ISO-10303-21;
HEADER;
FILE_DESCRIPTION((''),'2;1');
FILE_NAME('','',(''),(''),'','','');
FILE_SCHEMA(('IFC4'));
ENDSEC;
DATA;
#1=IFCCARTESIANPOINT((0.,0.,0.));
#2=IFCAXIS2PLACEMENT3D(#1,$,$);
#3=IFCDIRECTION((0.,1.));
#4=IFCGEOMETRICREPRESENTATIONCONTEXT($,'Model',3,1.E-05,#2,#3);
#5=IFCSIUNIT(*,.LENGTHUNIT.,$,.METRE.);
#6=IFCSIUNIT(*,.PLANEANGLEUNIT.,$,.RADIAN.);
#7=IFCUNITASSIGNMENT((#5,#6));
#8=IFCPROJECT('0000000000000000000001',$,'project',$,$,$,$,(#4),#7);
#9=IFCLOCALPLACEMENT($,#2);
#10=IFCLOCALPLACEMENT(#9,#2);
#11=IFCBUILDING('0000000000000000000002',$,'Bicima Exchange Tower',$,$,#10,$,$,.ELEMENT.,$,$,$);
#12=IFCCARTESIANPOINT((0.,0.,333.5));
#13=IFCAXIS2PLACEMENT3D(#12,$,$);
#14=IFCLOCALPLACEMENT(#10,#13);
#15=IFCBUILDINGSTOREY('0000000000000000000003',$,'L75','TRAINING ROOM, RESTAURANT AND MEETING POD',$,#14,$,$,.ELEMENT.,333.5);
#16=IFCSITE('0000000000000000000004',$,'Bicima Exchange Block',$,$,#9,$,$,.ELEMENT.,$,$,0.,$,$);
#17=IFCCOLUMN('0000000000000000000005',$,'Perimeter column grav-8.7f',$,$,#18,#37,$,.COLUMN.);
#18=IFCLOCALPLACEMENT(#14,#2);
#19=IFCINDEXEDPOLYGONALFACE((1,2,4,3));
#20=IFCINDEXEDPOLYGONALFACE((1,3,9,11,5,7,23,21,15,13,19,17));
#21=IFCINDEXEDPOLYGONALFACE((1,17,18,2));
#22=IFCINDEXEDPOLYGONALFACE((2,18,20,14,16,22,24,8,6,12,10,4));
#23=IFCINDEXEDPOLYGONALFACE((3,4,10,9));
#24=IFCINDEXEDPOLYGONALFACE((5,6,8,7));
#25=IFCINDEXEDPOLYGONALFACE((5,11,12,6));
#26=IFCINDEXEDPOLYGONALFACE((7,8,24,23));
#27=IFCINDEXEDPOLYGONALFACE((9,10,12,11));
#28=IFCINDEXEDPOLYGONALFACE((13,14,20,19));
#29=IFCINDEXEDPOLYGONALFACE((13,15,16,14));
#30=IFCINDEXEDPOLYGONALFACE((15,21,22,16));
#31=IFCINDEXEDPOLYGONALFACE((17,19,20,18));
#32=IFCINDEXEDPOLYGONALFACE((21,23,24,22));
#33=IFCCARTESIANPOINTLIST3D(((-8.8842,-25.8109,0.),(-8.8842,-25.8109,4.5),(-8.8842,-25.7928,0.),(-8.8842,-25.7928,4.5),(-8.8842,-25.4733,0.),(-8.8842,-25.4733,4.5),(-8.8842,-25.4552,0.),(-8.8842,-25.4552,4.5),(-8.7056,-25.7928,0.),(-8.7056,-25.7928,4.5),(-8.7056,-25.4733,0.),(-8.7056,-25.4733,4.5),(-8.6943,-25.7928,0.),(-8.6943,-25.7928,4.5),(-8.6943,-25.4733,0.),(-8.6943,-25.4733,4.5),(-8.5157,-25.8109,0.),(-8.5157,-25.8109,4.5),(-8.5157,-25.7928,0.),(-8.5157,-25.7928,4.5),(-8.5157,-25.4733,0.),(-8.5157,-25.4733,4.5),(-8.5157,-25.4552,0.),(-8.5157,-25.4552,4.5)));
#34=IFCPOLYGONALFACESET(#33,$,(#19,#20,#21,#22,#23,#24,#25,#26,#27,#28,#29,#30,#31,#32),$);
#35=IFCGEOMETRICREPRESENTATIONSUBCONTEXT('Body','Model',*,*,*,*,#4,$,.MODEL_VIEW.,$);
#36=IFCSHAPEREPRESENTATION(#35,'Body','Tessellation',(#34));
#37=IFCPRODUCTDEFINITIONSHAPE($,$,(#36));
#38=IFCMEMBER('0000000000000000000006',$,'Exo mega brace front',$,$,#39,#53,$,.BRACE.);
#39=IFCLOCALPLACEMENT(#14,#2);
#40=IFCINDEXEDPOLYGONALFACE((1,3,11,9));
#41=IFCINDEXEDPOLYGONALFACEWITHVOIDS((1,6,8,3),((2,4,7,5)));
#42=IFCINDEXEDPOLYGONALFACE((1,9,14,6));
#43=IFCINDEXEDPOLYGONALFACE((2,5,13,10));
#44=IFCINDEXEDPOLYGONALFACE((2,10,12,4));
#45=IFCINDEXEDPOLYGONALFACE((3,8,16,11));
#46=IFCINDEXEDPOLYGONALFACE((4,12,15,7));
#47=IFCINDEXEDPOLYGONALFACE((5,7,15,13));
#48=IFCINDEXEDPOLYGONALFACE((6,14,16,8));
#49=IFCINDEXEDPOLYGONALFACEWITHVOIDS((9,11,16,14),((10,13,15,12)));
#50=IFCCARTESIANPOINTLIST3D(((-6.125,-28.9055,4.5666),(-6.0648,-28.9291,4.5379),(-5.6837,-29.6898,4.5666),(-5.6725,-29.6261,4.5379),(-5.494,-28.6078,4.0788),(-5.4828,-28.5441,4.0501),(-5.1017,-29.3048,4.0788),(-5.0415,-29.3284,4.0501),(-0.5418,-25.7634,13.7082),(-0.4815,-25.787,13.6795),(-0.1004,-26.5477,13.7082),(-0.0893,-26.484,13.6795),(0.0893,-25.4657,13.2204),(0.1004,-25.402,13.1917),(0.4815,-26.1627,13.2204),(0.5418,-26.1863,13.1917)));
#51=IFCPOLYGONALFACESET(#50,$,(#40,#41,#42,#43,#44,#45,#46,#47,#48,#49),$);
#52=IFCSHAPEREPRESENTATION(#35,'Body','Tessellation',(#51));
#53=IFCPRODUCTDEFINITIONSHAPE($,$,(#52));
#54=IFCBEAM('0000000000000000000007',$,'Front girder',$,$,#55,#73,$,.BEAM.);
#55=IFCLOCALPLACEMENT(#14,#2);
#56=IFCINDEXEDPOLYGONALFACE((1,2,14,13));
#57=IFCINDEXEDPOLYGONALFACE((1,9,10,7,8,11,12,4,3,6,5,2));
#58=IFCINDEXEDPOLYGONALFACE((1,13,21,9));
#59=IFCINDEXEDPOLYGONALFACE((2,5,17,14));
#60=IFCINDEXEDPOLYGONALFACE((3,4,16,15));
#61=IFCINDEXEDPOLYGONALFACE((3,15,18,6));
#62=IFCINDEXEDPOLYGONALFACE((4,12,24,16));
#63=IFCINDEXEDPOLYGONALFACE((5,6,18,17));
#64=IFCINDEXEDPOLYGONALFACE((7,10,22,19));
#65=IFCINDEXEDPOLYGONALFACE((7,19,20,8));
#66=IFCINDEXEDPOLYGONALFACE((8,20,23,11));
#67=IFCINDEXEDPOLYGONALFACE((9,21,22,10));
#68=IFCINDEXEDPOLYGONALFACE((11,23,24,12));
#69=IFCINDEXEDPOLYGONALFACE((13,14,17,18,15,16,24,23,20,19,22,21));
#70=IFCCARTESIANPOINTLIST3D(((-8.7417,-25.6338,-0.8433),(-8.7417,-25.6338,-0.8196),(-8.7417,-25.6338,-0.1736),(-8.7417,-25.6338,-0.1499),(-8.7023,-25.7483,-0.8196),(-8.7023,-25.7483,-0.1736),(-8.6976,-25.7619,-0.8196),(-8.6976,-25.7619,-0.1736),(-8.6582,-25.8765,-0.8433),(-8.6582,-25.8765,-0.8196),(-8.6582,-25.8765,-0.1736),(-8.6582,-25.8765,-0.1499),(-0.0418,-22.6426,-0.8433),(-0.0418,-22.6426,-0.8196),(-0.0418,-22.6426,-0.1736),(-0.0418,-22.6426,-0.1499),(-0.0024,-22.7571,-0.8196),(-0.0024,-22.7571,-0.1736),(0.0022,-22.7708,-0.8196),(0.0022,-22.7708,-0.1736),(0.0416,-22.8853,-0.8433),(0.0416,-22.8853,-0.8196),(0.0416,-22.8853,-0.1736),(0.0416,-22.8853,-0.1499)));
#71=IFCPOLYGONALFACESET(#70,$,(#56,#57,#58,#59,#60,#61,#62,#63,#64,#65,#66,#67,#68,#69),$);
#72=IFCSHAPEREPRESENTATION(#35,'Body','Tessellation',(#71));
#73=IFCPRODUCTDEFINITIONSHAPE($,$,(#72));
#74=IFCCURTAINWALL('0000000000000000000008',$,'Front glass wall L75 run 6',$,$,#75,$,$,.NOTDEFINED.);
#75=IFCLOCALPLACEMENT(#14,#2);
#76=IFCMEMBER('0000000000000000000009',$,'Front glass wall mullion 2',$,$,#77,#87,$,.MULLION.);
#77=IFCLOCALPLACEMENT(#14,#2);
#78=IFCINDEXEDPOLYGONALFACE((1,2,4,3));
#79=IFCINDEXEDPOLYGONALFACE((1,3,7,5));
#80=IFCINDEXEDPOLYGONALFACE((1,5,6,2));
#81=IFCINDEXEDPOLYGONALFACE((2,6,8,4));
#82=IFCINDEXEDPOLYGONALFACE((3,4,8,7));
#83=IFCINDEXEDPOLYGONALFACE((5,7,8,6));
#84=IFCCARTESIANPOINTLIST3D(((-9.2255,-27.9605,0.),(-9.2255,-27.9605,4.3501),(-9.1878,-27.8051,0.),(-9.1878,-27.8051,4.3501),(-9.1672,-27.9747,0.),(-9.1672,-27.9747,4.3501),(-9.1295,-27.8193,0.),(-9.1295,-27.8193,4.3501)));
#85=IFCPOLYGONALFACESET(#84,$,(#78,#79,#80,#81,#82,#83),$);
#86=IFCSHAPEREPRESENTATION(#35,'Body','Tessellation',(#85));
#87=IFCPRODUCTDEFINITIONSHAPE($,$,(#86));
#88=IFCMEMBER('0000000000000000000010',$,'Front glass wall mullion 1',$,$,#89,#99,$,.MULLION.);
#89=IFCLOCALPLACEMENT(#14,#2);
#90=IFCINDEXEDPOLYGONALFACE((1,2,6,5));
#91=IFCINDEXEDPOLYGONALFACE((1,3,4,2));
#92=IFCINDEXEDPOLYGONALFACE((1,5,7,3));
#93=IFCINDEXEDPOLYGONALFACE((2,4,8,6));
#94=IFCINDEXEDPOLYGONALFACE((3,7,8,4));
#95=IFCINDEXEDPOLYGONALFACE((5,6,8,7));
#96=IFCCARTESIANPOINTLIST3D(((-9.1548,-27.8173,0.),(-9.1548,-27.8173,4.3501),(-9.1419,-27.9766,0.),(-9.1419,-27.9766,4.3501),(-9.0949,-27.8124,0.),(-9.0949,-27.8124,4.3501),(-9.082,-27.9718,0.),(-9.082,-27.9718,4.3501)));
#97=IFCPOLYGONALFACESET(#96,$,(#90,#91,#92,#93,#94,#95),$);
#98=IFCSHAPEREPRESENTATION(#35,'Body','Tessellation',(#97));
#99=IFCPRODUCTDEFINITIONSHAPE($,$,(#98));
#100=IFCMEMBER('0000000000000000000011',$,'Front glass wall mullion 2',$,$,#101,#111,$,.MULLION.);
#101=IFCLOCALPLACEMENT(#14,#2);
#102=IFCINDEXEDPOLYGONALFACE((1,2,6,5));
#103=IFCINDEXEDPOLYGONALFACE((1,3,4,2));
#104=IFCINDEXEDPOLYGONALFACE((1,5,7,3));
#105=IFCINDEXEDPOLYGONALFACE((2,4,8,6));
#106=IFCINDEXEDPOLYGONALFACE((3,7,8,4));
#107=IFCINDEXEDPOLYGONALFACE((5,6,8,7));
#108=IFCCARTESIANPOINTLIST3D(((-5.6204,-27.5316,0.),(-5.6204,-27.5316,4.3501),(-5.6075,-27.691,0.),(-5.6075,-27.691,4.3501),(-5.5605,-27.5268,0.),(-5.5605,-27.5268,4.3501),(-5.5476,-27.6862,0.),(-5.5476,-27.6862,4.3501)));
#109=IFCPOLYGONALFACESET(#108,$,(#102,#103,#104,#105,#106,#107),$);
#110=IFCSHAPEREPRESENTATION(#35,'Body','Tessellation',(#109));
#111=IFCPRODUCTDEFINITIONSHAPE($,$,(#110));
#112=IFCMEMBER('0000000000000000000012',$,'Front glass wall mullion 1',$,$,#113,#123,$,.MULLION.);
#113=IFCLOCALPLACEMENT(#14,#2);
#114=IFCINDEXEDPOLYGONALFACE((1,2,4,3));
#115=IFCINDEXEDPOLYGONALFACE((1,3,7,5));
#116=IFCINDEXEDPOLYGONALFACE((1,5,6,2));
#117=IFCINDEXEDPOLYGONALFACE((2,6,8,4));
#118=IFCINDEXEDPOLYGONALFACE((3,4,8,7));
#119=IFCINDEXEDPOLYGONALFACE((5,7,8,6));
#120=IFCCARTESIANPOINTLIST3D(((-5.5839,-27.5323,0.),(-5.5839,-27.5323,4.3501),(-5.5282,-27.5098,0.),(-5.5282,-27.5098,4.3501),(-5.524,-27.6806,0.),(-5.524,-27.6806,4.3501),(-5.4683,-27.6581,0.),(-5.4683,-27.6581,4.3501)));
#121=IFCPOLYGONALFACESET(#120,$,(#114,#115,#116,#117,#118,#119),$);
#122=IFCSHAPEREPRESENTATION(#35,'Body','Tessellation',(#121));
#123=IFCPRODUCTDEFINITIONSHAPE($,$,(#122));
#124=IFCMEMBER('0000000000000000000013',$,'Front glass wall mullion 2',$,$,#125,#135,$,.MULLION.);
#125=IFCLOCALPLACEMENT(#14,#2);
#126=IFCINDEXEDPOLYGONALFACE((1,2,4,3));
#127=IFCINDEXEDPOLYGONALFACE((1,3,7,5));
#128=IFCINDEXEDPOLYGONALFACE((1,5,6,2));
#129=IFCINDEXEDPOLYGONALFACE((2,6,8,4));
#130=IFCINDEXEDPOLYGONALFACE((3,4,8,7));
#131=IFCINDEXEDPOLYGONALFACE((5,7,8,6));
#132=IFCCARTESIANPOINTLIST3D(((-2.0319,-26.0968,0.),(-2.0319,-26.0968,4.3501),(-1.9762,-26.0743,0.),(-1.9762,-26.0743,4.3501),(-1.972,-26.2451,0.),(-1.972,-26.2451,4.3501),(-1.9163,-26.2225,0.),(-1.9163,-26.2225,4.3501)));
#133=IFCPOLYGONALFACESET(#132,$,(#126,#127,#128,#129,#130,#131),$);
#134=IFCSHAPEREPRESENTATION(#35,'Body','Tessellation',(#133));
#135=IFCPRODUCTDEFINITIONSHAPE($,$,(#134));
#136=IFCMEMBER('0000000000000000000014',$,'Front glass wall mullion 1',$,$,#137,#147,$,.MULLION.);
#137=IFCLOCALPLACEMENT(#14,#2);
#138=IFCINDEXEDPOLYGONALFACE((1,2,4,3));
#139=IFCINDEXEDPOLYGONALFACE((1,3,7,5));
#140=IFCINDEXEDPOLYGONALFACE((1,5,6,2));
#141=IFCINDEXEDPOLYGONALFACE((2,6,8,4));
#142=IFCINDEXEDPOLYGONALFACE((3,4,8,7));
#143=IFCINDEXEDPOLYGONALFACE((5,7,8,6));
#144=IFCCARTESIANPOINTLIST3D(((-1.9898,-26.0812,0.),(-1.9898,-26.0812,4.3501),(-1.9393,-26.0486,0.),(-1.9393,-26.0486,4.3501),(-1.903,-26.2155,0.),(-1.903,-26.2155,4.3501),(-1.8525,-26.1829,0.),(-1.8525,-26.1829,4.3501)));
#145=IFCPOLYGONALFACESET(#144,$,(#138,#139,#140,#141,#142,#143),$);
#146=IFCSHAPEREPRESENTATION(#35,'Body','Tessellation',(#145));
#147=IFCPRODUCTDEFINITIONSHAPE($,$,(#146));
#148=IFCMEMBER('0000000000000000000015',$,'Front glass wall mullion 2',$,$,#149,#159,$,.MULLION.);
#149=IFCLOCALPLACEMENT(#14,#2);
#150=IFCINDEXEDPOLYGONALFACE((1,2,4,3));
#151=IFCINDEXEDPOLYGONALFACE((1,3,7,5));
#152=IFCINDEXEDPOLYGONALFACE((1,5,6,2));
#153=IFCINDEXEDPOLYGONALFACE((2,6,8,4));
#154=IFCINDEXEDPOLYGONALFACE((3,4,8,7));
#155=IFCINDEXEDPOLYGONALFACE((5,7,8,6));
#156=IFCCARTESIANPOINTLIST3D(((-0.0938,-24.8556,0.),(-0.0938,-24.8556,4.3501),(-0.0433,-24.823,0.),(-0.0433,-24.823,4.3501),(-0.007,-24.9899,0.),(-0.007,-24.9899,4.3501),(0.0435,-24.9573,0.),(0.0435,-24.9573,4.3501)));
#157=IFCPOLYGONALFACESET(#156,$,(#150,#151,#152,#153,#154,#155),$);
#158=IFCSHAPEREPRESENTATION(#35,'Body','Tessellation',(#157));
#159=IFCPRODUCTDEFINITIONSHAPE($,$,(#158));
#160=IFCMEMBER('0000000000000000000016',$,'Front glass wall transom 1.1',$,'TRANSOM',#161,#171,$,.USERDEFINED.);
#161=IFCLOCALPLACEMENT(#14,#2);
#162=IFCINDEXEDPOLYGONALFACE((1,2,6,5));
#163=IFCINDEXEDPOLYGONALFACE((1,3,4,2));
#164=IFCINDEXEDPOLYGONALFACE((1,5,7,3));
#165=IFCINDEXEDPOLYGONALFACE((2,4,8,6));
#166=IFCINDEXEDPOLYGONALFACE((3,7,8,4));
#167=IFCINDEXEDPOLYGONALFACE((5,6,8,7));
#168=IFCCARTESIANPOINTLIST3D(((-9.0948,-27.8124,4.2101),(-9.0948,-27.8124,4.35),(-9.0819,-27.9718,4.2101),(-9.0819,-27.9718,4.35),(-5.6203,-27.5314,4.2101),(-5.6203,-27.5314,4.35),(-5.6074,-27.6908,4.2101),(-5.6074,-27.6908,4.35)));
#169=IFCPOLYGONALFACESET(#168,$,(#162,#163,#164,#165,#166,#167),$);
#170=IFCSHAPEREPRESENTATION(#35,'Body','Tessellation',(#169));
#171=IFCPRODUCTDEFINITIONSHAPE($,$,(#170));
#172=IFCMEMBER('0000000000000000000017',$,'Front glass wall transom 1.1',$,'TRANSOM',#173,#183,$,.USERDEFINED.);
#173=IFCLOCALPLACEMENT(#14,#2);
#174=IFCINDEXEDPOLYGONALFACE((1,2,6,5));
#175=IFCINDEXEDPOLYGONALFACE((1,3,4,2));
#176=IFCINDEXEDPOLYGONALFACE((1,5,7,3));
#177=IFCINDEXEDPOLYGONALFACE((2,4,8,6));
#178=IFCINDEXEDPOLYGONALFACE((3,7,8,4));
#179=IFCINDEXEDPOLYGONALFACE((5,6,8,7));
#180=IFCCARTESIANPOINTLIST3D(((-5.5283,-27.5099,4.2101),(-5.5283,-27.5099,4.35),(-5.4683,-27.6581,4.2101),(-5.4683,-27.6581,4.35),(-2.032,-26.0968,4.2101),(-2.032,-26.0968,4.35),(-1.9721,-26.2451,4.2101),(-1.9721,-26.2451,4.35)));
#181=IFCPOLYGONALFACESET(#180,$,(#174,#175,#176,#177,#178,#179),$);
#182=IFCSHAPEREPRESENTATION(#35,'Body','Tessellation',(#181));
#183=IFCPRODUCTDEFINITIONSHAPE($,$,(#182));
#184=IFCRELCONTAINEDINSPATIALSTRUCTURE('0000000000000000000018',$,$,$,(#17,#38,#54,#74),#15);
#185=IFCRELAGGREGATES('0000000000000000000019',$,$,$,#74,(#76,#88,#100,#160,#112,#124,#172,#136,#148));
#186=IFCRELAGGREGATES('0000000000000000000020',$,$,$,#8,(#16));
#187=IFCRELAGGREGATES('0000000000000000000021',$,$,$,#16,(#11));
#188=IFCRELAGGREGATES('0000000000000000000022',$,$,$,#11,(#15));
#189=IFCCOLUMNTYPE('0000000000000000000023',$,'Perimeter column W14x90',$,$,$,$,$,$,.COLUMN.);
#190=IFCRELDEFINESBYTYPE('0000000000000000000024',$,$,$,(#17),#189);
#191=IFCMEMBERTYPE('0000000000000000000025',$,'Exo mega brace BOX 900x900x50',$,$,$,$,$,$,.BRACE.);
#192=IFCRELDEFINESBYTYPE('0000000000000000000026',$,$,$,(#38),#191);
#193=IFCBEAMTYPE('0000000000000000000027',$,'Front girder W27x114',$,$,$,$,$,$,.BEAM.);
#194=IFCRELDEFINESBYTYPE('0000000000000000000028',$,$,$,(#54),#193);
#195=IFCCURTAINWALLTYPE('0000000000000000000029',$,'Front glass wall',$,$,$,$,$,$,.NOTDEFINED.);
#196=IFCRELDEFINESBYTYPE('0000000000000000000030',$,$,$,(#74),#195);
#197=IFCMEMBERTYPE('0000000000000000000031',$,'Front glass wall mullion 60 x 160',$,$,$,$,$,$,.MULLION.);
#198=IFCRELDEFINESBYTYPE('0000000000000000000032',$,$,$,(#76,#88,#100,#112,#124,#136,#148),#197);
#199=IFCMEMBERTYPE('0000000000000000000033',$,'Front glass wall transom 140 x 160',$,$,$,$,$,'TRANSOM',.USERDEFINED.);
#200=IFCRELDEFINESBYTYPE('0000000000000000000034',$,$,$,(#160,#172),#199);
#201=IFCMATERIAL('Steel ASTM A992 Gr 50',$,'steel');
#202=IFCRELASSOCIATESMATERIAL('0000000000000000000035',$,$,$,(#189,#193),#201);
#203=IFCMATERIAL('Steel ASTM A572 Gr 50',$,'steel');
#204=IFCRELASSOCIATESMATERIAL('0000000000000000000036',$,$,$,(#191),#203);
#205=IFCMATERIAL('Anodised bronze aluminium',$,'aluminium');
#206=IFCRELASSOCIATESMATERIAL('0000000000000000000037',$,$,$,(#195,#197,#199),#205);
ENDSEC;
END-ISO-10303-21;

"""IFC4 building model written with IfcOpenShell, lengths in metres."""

from ifc_helpers import new_model, si_unit, direction, frame, origin, origin_2d, place, context, subcontext, project, spatial, rectangle, hollow_rectangle, i_section, extrude, material, material_profile, profile_set, type_object, element, aggregate, save


model = new_model("IFC4")

# Units and contexts
model_context = context("Model", 3, precision=1e-05, world=origin(), true_north=direction((0.0, 1.0)))
body_context = subcontext(model_context, "Body", "Model", "MODEL_VIEW")
ifc_project = project(units=[si_unit("LENGTHUNIT", "METRE"), si_unit("PLANEANGLEUNIT", "RADIAN")], contexts=[model_context])

# Site, building, storey
site_placement = place(None, origin())
site = spatial("IfcSite", under=ifc_project, at=site_placement, Name="Bicima Exchange Block", CompositionType="ELEMENT", RefElevation=0.0)
building_placement = place(site_placement, origin())
building = spatial("IfcBuilding", under=site, at=building_placement, Name="Bicima Exchange Tower", CompositionType="ELEMENT")
storey_placement = place(building_placement, frame((0.0, 0.0, 333.5)))
storey = spatial("IfcBuildingStorey", under=building, at=storey_placement, Name="L75", Description="TRAINING ROOM, RESTAURANT AND MEETING POD", CompositionType="ELEMENT", Elevation=333.5)

# Column
ifc_material_1 = material(Name="Steel ASTM A992 Gr 50", Category="steel")
ifc_material_profile_1 = material_profile(ifc_material_1, i_section(OverallWidth=0.3684, OverallDepth=0.3557, WebThickness=0.0112, FlangeThickness=0.0181, at=origin_2d()))
ifc_profile_set_1 = profile_set([ifc_material_profile_1], Name="Steel ASTM A992 Gr 50")
column_type = type_object("IfcColumnType", Name="Perimeter column W14x90", PredefinedType="COLUMN", material=ifc_profile_set_1)
column_placement = place(storey_placement, frame((-8.7, -25.6331, 0.0), z_axis=(0.0, 0.0, 1.0), x_axis=(1.0, 0.0, 0.0)))
element("IfcColumn", 1, at=column_placement, inside=storey, type_object=column_type, Name="Perimeter column grav-8.7f", PredefinedType="COLUMN", context=body_context, shape_type="SweptSolid", body=[
    extrude(i_section(OverallWidth=0.3684, OverallDepth=0.3557, WebThickness=0.0112, FlangeThickness=0.0181, at=origin_2d()), origin(), (0.0, 0.0, 1.0), 4.5),
])

# Member
ifc_material_2 = material(Name="Steel ASTM A572 Gr 50", Category="steel")
ifc_material_profile_2 = material_profile(ifc_material_2, hollow_rectangle(XDim=0.8999, YDim=0.8999, WallThickness=0.05, at=origin_2d()))
ifc_profile_set_2 = profile_set([ifc_material_profile_2], Name="Steel ASTM A572 Gr 50")
member_type_1 = type_object("IfcMemberType", Name="Exo mega brace BOX 900x900x50", PredefinedType="BRACE", material=ifc_profile_set_2)
member_1_placement = place(storey_placement, frame((-5.5833, -29.1169, 4.3083), z_axis=(0.500153, 0.281472, 0.818914), x_axis=(-0.49044, 0.871475, 0.0)))
element("IfcMember", 2, at=member_1_placement, inside=storey, type_object=member_type_1, Name="Exo mega brace front", PredefinedType="BRACE", context=body_context, shape_type="SweptSolid", body=[
    extrude(hollow_rectangle(XDim=0.8999, YDim=0.8999, WallThickness=0.05, at=origin_2d()), origin(), (0.0, 0.0, 1.0), 11.1631),
])

# Beam
ifc_material_profile_3 = material_profile(ifc_material_1, i_section(OverallWidth=0.2566, OverallDepth=0.6934, WebThickness=0.0144, FlangeThickness=0.0237, at=origin_2d()))
ifc_profile_set_3 = profile_set([ifc_material_profile_3], Name="Steel ASTM A992 Gr 50")
beam_type = type_object("IfcBeamType", Name="Front girder W27x114", PredefinedType="BEAM", material=ifc_profile_set_3)
beam_placement = place(storey_placement, frame((-8.7, -25.7551, -0.4966), z_axis=(0.945666, 0.325138, 0.0), x_axis=(-0.325138, 0.945666, 0.0)))
element("IfcBeam", 3, at=beam_placement, inside=storey, type_object=beam_type, Name="Front girder", PredefinedType="BEAM", context=body_context, shape_type="SweptSolid", body=[
    extrude(i_section(OverallWidth=0.2566, OverallDepth=0.6934, WebThickness=0.0144, FlangeThickness=0.0237, at=origin_2d()), origin(), (0.0, 0.0, 1.0), 9.1997),
])

# Curtain wall, members
ifc_material_3 = material(Name="Anodised bronze aluminium", Category="aluminium")
curtain_wall_type = type_object("IfcCurtainWallType", Name="Front glass wall", PredefinedType="NOTDEFINED", material=ifc_material_3)
curtain_wall_placement = place(storey_placement, origin())
curtain_wall = element("IfcCurtainWall", 4, at=curtain_wall_placement, inside=storey, type_object=curtain_wall_type, Name="Front glass wall L75 run 6", PredefinedType="NOTDEFINED")
ifc_material_profile_4 = material_profile(ifc_material_3, rectangle(XDim=0.1599, YDim=0.0601, at=origin_2d()))
ifc_profile_set_4 = profile_set([ifc_material_profile_4], Name="Anodised bronze aluminium")
member_type_2 = type_object("IfcMemberType", Name="Front glass wall mullion 60 x 160", PredefinedType="MULLION", material=ifc_profile_set_4)
member_2_placement = place(storey_placement, frame((-9.1775, -27.8899, 0.0), z_axis=(0.0, 0.0, 1.0), x_axis=(0.235682, 0.97183, 0.0)))
member_2 = element("IfcMember", 5, at=member_2_placement, type_object=member_type_2, Name="Front glass wall mullion 2", PredefinedType="MULLION", context=body_context, shape_type="SweptSolid", body=[
    extrude(rectangle(XDim=0.1599, YDim=0.0601, at=origin_2d()), origin(), (0.0, 0.0, 1.0), 4.3501),
])
member_3_placement = place(storey_placement, frame((-9.1184, -27.8945, 0.0), z_axis=(0.0, 0.0, 1.0), x_axis=(-0.080589, 0.996747, 0.0)))
member_3 = element("IfcMember", 6, at=member_3_placement, type_object=member_type_2, Name="Front glass wall mullion 1", PredefinedType="MULLION", context=body_context, shape_type="SweptSolid", body=[
    extrude(rectangle(XDim=0.1599, YDim=0.0601, at=origin_2d()), origin(), (0.0, 0.0, 1.0), 4.3501),
])
member_4_placement = place(storey_placement, frame((-5.584, -27.6089, 0.0), z_axis=(0.0, 0.0, 1.0), x_axis=(-0.080589, 0.996747, 0.0)))
member_4 = element("IfcMember", 7, at=member_4_placement, type_object=member_type_2, Name="Front glass wall mullion 2", PredefinedType="MULLION", context=body_context, shape_type="SweptSolid", body=[
    extrude(rectangle(XDim=0.1599, YDim=0.0601, at=origin_2d()), origin(), (0.0, 0.0, 1.0), 4.3501),
])
member_5_placement = place(storey_placement, frame((-5.5261, -27.5952, 0.0), z_axis=(0.0, 0.0, 1.0), x_axis=(-0.374705, 0.927144, 0.0)))
member_5 = element("IfcMember", 8, at=member_5_placement, type_object=member_type_2, Name="Front glass wall mullion 1", PredefinedType="MULLION", context=body_context, shape_type="SweptSolid", body=[
    extrude(rectangle(XDim=0.1599, YDim=0.0601, at=origin_2d()), origin(), (0.0, 0.0, 1.0), 4.3501),
])
member_6_placement = place(storey_placement, frame((-1.9741, -26.1597, 0.0), z_axis=(0.0, 0.0, 1.0), x_axis=(-0.374705, 0.927144, 0.0)))
member_6 = element("IfcMember", 9, at=member_6_placement, type_object=member_type_2, Name="Front glass wall mullion 2", PredefinedType="MULLION", context=body_context, shape_type="SweptSolid", body=[
    extrude(rectangle(XDim=0.1599, YDim=0.0601, at=origin_2d()), origin(), (0.0, 0.0, 1.0), 4.3501),
])
member_7_placement = place(storey_placement, frame((-1.9211, -26.1321, 0.0), z_axis=(0.0, 0.0, 1.0), x_axis=(-0.542897, 0.839799, 0.0)))
member_7 = element("IfcMember", 10, at=member_7_placement, type_object=member_type_2, Name="Front glass wall mullion 1", PredefinedType="MULLION", context=body_context, shape_type="SweptSolid", body=[
    extrude(rectangle(XDim=0.1599, YDim=0.0601, at=origin_2d()), origin(), (0.0, 0.0, 1.0), 4.3501),
])
member_8_placement = place(storey_placement, frame((-0.0251, -24.9065, 0.0), z_axis=(0.0, 0.0, 1.0), x_axis=(-0.542897, 0.839799, 0.0)))
member_8 = element("IfcMember", 11, at=member_8_placement, type_object=member_type_2, Name="Front glass wall mullion 2", PredefinedType="MULLION", context=body_context, shape_type="SweptSolid", body=[
    extrude(rectangle(XDim=0.1599, YDim=0.0601, at=origin_2d()), origin(), (0.0, 0.0, 1.0), 4.3501),
])
ifc_material_profile_5 = material_profile(ifc_material_3, rectangle(XDim=0.1599, YDim=0.1399, at=origin_2d()))
ifc_profile_set_5 = profile_set([ifc_material_profile_5], Name="Anodised bronze aluminium")
member_type_3 = type_object("IfcMemberType", Name="Front glass wall transom 140 x 160", ElementType="TRANSOM", PredefinedType="USERDEFINED", material=ifc_profile_set_5)
member_9_placement = place(storey_placement, frame((-9.0884, -27.8921, 4.28), z_axis=(0.996746, 0.080611, 0.0), x_axis=(-0.080611, 0.996746, 0.0)))
member_9 = element("IfcMember", 12, at=member_9_placement, type_object=member_type_3, Name="Front glass wall transom 1.1", ObjectType="TRANSOM", PredefinedType="USERDEFINED", context=body_context, shape_type="SweptSolid", body=[
    extrude(rectangle(XDim=0.1599, YDim=0.1399, at=origin_2d()), origin(), (0.0, 0.0, 1.0), 3.4858),
])
member_10_placement = place(storey_placement, frame((-5.4983, -27.584, 4.28), z_axis=(0.92714, 0.374715, 0.0), x_axis=(-0.374715, 0.92714, 0.0)))
member_10 = element("IfcMember", 13, at=member_10_placement, type_object=member_type_3, Name="Front glass wall transom 1.1", ObjectType="TRANSOM", PredefinedType="USERDEFINED", context=body_context, shape_type="SweptSolid", body=[
    extrude(rectangle(XDim=0.1599, YDim=0.1399, at=origin_2d()), origin(), (0.0, 0.0, 1.0), 3.771),
])

aggregate(curtain_wall, [member_2, member_3, member_4, member_9, member_5, member_6, member_10, member_7, member_8])

save(model, "model.ifc")
